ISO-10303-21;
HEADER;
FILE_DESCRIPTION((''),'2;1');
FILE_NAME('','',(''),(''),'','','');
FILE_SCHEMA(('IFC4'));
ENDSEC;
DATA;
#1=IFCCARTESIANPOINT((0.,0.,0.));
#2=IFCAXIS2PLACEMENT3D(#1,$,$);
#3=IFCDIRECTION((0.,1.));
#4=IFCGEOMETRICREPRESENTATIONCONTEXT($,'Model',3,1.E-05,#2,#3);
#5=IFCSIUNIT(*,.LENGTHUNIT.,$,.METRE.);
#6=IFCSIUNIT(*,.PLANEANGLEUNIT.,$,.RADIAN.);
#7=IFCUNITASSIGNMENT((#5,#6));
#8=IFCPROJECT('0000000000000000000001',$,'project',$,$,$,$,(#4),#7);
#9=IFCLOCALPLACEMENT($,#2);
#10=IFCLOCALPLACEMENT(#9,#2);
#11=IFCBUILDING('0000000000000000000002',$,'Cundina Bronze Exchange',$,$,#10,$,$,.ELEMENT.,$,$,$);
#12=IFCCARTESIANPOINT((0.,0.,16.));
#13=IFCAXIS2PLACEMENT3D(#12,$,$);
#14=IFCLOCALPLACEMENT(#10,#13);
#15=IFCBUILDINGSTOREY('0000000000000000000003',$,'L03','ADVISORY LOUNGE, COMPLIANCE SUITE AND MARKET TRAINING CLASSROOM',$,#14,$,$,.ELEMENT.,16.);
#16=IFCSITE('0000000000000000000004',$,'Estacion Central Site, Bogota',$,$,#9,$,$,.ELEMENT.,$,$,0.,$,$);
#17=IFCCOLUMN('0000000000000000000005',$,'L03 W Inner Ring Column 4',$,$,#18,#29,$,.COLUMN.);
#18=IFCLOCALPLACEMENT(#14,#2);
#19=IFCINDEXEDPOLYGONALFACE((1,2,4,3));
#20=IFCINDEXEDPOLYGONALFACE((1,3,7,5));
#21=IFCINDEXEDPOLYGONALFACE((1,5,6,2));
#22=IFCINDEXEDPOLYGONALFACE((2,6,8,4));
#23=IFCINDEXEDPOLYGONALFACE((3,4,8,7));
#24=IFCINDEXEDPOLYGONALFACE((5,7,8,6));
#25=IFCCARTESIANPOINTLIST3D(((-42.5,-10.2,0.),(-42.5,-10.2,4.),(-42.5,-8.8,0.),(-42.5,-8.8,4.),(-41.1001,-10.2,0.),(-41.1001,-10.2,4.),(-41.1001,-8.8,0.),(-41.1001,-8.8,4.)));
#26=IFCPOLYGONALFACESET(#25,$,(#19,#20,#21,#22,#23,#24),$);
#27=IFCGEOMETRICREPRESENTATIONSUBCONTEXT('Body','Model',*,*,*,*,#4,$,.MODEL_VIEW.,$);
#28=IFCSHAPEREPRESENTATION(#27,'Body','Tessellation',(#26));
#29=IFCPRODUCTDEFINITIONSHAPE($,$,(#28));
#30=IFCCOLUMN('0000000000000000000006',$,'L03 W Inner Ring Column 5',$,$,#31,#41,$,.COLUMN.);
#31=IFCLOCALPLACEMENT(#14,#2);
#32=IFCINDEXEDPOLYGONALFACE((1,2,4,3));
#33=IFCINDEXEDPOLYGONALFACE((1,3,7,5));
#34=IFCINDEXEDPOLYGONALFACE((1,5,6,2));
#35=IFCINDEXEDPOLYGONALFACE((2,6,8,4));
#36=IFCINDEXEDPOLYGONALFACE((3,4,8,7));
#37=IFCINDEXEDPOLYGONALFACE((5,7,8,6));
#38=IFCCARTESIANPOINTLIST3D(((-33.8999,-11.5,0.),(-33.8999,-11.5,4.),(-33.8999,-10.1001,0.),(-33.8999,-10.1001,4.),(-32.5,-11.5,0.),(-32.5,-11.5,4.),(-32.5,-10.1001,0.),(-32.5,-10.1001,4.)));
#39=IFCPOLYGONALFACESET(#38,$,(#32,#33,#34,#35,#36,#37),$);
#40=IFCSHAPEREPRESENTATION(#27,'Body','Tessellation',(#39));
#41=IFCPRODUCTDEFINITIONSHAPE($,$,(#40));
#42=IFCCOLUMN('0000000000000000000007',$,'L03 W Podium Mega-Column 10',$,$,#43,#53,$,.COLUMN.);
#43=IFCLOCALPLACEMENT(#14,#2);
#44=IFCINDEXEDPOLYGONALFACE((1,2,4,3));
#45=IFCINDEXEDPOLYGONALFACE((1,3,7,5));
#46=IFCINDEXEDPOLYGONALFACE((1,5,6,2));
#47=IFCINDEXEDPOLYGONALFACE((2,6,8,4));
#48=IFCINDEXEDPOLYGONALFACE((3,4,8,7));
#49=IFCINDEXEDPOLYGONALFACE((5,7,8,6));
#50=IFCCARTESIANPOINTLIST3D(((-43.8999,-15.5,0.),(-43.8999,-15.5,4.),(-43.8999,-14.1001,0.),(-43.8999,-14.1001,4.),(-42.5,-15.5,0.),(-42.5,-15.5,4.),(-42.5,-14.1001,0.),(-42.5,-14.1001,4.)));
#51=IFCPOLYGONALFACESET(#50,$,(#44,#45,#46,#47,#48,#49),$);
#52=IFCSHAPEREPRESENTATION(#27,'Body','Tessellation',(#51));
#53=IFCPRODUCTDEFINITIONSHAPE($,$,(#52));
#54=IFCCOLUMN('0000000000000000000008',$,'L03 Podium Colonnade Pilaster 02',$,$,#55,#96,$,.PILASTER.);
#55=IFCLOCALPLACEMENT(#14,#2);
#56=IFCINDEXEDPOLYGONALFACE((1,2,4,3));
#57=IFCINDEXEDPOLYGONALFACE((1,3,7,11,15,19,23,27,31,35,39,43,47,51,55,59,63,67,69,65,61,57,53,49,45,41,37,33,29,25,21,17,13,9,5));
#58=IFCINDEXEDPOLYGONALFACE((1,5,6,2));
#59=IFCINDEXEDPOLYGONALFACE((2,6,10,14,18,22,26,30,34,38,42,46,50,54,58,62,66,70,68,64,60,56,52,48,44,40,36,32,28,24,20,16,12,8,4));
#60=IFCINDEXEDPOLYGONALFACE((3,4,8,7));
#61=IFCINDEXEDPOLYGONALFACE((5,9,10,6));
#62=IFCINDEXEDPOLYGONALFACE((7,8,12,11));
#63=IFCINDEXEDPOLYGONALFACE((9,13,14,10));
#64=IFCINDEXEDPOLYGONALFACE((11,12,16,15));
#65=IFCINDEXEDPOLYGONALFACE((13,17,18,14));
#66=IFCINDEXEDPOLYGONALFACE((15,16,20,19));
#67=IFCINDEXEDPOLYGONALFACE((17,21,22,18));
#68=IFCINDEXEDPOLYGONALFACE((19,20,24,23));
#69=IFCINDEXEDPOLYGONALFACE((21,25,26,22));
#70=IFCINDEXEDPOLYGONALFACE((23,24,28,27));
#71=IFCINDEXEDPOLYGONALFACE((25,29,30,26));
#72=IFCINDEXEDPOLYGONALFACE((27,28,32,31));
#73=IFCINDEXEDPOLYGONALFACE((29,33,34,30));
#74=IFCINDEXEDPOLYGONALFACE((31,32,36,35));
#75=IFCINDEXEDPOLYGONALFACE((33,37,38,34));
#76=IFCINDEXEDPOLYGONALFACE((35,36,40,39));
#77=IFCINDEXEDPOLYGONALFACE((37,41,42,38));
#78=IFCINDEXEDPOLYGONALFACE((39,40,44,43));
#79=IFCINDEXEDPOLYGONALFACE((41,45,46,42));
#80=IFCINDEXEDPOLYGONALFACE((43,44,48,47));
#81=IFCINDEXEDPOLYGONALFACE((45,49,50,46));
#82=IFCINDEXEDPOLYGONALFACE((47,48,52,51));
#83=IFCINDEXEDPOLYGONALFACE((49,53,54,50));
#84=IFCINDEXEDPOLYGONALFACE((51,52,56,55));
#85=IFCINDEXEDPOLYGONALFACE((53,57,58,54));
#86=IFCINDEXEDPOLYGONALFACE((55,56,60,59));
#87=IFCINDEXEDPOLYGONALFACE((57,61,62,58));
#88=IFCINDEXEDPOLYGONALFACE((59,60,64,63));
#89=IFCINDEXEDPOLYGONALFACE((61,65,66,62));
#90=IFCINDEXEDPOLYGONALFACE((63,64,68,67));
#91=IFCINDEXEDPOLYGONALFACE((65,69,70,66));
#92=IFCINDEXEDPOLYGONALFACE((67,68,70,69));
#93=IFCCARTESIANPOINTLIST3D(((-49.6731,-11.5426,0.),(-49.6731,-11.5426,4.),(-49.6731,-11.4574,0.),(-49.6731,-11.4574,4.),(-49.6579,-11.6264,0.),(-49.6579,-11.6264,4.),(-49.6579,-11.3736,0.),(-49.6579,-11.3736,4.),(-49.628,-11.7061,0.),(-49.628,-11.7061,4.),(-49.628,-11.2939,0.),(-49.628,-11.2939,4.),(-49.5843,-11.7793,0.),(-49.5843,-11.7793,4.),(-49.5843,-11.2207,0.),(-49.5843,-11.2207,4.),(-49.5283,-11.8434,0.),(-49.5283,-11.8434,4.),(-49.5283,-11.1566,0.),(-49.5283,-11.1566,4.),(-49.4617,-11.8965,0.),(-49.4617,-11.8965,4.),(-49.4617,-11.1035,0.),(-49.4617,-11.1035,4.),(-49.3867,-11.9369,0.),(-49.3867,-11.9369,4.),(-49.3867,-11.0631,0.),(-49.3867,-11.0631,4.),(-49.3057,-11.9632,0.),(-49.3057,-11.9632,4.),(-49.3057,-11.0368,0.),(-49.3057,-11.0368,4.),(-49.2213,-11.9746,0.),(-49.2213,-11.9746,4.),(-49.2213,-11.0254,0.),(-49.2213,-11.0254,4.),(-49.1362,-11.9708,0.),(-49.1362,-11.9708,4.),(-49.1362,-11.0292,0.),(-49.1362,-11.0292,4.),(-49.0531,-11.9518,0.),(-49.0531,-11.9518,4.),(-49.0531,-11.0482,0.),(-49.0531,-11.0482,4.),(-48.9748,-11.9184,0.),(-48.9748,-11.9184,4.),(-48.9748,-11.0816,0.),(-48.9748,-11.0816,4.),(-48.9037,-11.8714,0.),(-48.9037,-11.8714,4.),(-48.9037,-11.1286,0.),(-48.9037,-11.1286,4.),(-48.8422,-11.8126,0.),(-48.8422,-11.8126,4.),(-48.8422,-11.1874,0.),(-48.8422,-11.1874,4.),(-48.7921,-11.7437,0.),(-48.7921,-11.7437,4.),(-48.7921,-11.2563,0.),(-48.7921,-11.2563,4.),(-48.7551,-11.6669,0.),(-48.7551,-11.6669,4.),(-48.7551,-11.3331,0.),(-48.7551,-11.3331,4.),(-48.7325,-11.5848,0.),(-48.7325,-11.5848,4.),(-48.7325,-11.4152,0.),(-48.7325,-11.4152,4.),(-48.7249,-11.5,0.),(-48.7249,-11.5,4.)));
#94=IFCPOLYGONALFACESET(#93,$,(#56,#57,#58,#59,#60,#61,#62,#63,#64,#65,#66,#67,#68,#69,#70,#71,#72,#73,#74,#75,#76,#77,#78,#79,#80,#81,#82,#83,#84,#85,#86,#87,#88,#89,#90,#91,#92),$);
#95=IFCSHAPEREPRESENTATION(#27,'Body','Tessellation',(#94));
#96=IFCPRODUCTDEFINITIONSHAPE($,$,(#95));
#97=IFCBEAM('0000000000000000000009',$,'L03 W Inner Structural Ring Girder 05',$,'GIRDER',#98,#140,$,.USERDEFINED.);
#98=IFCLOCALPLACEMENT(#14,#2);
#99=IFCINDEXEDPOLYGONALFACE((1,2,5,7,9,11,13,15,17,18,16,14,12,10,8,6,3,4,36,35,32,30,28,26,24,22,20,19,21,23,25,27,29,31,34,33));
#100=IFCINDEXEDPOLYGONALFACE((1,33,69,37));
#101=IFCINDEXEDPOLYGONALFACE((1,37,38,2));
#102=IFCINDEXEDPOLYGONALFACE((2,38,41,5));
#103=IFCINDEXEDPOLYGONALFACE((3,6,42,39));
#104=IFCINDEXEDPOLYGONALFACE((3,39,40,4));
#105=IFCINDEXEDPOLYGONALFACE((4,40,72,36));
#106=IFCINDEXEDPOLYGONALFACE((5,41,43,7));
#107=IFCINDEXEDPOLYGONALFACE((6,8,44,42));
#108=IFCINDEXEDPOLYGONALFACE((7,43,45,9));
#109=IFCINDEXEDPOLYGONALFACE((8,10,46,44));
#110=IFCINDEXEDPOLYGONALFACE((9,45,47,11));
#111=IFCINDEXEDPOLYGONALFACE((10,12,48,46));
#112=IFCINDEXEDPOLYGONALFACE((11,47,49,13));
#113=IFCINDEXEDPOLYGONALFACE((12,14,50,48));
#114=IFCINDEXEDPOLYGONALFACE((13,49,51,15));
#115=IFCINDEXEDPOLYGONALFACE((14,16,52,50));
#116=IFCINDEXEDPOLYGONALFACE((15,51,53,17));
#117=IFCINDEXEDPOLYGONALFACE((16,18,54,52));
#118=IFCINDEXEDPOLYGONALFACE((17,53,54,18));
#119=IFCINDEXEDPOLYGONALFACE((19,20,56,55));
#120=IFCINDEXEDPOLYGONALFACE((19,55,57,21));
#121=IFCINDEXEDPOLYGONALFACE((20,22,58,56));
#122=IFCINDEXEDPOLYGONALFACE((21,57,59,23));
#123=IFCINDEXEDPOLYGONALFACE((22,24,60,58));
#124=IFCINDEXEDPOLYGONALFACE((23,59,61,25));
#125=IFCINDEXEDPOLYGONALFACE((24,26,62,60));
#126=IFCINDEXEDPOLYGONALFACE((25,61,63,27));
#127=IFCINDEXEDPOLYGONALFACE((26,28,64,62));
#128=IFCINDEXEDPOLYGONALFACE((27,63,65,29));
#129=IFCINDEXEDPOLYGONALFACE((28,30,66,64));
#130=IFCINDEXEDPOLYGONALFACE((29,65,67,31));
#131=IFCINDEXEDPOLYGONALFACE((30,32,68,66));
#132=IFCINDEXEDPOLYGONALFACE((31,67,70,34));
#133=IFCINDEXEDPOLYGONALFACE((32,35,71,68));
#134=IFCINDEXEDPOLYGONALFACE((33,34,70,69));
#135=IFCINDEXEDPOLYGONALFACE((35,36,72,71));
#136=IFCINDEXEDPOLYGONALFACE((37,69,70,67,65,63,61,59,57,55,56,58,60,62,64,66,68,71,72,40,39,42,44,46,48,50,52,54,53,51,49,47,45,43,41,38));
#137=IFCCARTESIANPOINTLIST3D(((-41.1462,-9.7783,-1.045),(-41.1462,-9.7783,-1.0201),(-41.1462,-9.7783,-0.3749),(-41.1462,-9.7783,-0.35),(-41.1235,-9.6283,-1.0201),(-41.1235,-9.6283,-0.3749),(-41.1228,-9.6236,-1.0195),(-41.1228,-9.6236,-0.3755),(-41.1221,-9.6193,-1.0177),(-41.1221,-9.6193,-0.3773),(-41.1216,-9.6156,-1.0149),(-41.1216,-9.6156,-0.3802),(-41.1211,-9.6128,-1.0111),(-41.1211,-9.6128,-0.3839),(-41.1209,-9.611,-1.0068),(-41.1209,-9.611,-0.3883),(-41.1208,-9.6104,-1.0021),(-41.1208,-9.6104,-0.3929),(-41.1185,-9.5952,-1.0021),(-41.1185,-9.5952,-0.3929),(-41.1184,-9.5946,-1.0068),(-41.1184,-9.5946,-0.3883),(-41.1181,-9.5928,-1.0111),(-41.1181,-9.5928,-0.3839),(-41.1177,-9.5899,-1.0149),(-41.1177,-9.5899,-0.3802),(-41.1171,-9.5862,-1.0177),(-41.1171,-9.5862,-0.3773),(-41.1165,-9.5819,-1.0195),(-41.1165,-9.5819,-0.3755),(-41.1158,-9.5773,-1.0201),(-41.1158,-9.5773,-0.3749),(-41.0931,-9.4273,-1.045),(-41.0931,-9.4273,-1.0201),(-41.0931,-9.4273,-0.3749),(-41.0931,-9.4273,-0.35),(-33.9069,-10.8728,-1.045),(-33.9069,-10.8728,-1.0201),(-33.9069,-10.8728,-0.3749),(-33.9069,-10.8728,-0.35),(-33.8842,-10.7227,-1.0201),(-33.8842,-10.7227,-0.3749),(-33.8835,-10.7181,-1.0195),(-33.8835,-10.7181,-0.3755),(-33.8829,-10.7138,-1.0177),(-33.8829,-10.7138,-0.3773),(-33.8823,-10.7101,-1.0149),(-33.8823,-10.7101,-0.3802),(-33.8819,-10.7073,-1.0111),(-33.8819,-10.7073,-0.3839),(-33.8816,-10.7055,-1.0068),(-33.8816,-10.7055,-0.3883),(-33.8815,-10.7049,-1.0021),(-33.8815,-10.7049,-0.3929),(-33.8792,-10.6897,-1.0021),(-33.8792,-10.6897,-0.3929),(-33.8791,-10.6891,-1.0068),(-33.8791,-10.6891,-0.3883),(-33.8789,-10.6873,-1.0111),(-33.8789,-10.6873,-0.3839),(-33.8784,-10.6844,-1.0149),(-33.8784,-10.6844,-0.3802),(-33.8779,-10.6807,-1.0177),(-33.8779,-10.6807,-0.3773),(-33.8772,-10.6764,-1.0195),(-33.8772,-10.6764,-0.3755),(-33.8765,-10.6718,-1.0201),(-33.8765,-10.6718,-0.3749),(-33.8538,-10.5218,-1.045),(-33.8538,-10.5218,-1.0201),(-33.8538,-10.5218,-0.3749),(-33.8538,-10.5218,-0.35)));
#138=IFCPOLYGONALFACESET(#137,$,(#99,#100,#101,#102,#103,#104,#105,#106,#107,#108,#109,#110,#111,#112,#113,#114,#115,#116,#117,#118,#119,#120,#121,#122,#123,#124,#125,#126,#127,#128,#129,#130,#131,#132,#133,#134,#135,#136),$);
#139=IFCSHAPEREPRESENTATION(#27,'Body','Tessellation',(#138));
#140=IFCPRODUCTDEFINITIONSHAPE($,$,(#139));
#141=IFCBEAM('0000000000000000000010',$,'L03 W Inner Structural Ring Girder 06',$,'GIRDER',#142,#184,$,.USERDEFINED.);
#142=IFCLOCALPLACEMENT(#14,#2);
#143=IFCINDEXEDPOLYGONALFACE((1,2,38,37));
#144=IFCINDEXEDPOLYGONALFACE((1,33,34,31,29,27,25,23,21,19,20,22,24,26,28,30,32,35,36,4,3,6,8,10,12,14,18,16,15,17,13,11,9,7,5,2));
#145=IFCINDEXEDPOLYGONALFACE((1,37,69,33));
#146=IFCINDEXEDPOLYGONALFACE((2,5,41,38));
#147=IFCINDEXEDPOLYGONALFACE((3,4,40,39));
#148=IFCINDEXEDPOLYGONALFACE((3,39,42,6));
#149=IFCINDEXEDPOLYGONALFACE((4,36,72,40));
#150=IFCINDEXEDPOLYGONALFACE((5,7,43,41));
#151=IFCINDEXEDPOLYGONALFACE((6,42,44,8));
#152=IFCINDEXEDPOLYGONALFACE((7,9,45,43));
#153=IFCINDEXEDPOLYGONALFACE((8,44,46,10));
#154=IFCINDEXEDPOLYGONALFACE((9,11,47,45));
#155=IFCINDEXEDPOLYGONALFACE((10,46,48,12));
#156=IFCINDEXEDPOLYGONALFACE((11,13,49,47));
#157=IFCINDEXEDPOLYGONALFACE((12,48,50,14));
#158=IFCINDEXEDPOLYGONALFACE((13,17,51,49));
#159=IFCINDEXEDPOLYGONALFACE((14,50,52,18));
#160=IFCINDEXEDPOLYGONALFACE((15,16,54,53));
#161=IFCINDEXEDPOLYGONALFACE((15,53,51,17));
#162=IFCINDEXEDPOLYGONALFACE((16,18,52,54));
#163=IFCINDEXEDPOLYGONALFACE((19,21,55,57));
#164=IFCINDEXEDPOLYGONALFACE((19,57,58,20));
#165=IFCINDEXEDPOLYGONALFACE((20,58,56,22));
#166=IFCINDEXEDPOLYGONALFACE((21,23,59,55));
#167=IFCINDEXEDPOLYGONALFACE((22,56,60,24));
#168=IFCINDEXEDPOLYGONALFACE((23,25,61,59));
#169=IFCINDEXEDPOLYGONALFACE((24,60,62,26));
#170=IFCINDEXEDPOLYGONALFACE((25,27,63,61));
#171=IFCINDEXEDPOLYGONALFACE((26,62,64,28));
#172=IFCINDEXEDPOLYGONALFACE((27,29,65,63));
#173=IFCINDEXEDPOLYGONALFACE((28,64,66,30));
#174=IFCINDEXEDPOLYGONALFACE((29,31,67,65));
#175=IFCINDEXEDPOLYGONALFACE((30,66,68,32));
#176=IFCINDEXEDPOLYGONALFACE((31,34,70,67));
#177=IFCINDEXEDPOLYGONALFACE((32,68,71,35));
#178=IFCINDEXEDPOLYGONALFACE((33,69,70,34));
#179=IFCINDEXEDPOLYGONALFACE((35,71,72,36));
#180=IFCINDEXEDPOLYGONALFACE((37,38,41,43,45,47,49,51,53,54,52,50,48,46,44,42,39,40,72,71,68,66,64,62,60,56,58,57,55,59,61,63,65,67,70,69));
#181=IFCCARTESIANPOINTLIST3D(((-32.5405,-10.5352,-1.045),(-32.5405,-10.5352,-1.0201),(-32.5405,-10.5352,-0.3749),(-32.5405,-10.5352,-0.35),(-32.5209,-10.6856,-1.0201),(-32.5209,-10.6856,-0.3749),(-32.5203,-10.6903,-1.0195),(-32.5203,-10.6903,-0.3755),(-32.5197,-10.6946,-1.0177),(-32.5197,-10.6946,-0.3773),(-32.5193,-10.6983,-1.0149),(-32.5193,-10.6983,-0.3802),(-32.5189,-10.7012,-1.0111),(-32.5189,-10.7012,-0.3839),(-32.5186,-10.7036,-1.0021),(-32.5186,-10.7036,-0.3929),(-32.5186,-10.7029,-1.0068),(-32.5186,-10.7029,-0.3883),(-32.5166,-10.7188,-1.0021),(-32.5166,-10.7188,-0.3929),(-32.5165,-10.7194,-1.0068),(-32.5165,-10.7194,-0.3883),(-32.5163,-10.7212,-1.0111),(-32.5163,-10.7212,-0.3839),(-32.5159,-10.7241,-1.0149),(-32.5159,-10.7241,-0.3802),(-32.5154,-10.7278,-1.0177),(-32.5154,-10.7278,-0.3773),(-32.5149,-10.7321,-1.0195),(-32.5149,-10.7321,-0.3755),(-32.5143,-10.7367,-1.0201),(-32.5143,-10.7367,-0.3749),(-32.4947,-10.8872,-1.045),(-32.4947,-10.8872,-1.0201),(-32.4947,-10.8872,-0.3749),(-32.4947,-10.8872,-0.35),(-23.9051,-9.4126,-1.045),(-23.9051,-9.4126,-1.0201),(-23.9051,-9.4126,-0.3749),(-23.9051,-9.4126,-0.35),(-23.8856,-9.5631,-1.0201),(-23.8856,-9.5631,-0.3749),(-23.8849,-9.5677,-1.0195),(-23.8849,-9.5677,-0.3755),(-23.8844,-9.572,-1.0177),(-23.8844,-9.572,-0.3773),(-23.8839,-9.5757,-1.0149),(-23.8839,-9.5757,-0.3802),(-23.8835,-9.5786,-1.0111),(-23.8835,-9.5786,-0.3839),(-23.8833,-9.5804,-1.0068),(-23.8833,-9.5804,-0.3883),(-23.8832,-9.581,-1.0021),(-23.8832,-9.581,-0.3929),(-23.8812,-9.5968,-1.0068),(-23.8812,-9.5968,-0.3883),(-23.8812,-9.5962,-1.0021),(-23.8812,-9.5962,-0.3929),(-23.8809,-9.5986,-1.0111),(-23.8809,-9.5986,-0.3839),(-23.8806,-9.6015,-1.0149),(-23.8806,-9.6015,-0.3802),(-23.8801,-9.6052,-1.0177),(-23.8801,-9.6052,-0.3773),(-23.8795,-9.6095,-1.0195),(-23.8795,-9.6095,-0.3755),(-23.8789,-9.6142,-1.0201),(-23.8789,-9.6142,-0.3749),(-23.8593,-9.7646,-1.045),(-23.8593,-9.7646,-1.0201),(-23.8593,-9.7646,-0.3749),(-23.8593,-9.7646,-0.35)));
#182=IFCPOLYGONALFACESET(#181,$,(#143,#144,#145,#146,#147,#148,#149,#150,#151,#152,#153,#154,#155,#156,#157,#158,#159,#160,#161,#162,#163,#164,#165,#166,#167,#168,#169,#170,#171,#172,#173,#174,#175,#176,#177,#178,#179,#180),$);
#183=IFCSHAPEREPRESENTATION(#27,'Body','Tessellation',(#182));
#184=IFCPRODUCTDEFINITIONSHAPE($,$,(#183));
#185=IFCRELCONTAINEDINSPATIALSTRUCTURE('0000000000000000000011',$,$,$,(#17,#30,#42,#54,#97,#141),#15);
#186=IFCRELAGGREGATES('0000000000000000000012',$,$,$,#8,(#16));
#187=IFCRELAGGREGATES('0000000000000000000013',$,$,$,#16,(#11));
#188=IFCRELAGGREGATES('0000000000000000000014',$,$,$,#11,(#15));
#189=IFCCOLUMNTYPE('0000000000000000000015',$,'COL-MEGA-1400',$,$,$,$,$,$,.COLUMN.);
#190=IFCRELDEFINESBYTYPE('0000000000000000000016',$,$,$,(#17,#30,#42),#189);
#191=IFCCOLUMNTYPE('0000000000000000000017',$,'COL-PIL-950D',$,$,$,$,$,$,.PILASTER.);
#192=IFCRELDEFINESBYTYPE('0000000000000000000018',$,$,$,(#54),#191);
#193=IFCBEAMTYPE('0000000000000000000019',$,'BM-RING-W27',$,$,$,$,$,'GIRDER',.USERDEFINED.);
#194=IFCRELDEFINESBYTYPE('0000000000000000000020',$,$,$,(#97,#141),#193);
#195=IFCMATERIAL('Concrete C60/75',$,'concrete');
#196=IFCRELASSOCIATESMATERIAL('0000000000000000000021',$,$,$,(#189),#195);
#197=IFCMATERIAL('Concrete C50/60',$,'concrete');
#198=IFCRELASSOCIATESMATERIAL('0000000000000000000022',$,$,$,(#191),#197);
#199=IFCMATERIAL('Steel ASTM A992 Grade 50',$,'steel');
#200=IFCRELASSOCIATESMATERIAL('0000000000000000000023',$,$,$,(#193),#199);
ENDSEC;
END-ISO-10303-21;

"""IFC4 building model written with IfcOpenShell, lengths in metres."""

from ifc_helpers import new_model, si_unit, direction, frame, origin, origin_2d, place, context, subcontext, project, spatial, rectangle, circle, i_section, extrude, material, material_profile, profile_set, type_object, element, save


model = new_model("IFC4")

# Units and contexts
model_context = context("Model", 3, precision=1e-05, world=origin(), true_north=direction((0.0, 1.0)))
body_context = subcontext(model_context, "Body", "Model", "MODEL_VIEW")
ifc_project = project(units=[si_unit("LENGTHUNIT", "METRE"), si_unit("PLANEANGLEUNIT", "RADIAN")], contexts=[model_context])

# Site, building, storey
site_placement = place(None, origin())
site = spatial("IfcSite", under=ifc_project, at=site_placement, Name="Estacion Central Site, Bogota", CompositionType="ELEMENT", RefElevation=0.0)
building_placement = place(site_placement, origin())
building = spatial("IfcBuilding", under=site, at=building_placement, Name="Cundina Bronze Exchange", CompositionType="ELEMENT")
storey_placement = place(building_placement, frame((0.0, 0.0, 16.0)))
storey = spatial("IfcBuildingStorey", under=building, at=storey_placement, Name="L03", Description="ADVISORY LOUNGE, COMPLIANCE SUITE AND MARKET TRAINING CLASSROOM", CompositionType="ELEMENT", Elevation=16.0)

# Columns
ifc_material_1 = material(Name="Concrete C60/75", Category="concrete")
ifc_material_profile_1 = material_profile(ifc_material_1, rectangle(XDim=1.3999, YDim=1.3999, at=origin_2d()), Name="RC1400X1400", Category="concrete")
ifc_profile_set_1 = profile_set([ifc_material_profile_1], Name="Concrete C60/75")
column_type_1 = type_object("IfcColumnType", Name="COL-MEGA-1400", PredefinedType="COLUMN", material=ifc_profile_set_1)
for number, where, z_axis, x_axis, name in (
    (1, (-41.8, -9.5, 0.0), (0.0, 0.0, 1.0), (1.0, 0.0, 0.0), "L03 W Inner Ring Column 4"),
    (2, (-33.2, -10.8, 0.0), (0.0, 0.0, 1.0), (1.0, 0.0, 0.0), "L03 W Inner Ring Column 5"),
    (3, (-43.2, -14.8, 0.0), (0.0, 0.0, 1.0), (1.0, 0.0, 0.0), "L03 W Podium Mega-Column 10"),
):
    element("IfcColumn", number, at=place(storey_placement, frame(where, z_axis=z_axis, x_axis=x_axis)), inside=storey, type_object=column_type_1, Name=name, PredefinedType="COLUMN", context=body_context, shape_type="SweptSolid", body=[
        extrude(rectangle(XDim=1.3999, YDim=1.3999, at=origin_2d()), origin(), (0.0, 0.0, 1.0), 4.0),
    ])
ifc_material_2 = material(Name="Concrete C50/60", Category="concrete")
ifc_material_profile_2 = material_profile(ifc_material_2, circle(Radius=0.4751, at=origin_2d()), Name="RC950D", Category="concrete")
ifc_profile_set_2 = profile_set([ifc_material_profile_2], Name="Concrete C50/60")
column_type_2 = type_object("IfcColumnType", Name="COL-PIL-950D", PredefinedType="PILASTER", material=ifc_profile_set_2)
column_placement = place(storey_placement, frame((-49.2, -11.5, 0.0), z_axis=(0.0, 0.0, 1.0), x_axis=(1.0, 0.0, 0.0)))
element("IfcColumn", 4, at=column_placement, inside=storey, type_object=column_type_2, Name="L03 Podium Colonnade Pilaster 02", PredefinedType="PILASTER", context=body_context, shape_type="SweptSolid", body=[
    extrude(circle(Radius=0.4751, at=origin_2d()), origin(), (0.0, 0.0, 1.0), 4.0),
])

# Beams
ifc_material_3 = material(Name="Steel ASTM A992 Grade 50", Category="steel")
ifc_material_profile_3 = material_profile(ifc_material_3, i_section(OverallWidth=0.355, OverallDepth=0.6951, WebThickness=0.0154, FlangeThickness=0.0249, FilletRadius=0.0181, at=origin_2d()), Name="W27X146", Category="steel")
ifc_profile_set_3 = profile_set([ifc_material_profile_3], Name="Steel ASTM A992 Grade 50")
beam_type_1 = type_object("IfcBeamType", Name="BM-RING-W27", ElementType="GIRDER", PredefinedType="USERDEFINED", material=ifc_profile_set_3)
beam_1_placement = place(storey_placement, frame((-41.1196, -9.6028, -0.6975), z_axis=(0.988763, -0.149488, 0.0), x_axis=(0.149488, 0.988763, 0.0)))
element("IfcBeam", 5, at=beam_1_placement, inside=storey, type_object=beam_type_1, Name="L03 W Inner Structural Ring Girder 05", ObjectType="GIRDER", PredefinedType="USERDEFINED", context=body_context, shape_type="SweptSolid", body=[
    extrude(i_section(OverallWidth=0.355, OverallDepth=0.6951, WebThickness=0.0154, FlangeThickness=0.0249, FilletRadius=0.0181, at=origin_2d()), origin(), (0.0, 0.0, 1.0), 7.3215),
])
beam_2_placement = place(storey_placement, frame((-32.5176, -10.7112, -0.6975), z_axis=(0.991656, 0.128912, 0.0), x_axis=(-0.128912, 0.991656, 0.0)))
element("IfcBeam", 6, at=beam_2_placement, inside=storey, type_object=beam_type_1, Name="L03 W Inner Structural Ring Girder 06", ObjectType="GIRDER", PredefinedType="USERDEFINED", context=body_context, shape_type="SweptSolid", body=[
    extrude(i_section(OverallWidth=0.355, OverallDepth=0.6951, WebThickness=0.0154, FlangeThickness=0.0249, FilletRadius=0.0181, at=origin_2d()), origin(), (0.0, 0.0, 1.0), 8.708),
])

save(model, "model.ifc")
